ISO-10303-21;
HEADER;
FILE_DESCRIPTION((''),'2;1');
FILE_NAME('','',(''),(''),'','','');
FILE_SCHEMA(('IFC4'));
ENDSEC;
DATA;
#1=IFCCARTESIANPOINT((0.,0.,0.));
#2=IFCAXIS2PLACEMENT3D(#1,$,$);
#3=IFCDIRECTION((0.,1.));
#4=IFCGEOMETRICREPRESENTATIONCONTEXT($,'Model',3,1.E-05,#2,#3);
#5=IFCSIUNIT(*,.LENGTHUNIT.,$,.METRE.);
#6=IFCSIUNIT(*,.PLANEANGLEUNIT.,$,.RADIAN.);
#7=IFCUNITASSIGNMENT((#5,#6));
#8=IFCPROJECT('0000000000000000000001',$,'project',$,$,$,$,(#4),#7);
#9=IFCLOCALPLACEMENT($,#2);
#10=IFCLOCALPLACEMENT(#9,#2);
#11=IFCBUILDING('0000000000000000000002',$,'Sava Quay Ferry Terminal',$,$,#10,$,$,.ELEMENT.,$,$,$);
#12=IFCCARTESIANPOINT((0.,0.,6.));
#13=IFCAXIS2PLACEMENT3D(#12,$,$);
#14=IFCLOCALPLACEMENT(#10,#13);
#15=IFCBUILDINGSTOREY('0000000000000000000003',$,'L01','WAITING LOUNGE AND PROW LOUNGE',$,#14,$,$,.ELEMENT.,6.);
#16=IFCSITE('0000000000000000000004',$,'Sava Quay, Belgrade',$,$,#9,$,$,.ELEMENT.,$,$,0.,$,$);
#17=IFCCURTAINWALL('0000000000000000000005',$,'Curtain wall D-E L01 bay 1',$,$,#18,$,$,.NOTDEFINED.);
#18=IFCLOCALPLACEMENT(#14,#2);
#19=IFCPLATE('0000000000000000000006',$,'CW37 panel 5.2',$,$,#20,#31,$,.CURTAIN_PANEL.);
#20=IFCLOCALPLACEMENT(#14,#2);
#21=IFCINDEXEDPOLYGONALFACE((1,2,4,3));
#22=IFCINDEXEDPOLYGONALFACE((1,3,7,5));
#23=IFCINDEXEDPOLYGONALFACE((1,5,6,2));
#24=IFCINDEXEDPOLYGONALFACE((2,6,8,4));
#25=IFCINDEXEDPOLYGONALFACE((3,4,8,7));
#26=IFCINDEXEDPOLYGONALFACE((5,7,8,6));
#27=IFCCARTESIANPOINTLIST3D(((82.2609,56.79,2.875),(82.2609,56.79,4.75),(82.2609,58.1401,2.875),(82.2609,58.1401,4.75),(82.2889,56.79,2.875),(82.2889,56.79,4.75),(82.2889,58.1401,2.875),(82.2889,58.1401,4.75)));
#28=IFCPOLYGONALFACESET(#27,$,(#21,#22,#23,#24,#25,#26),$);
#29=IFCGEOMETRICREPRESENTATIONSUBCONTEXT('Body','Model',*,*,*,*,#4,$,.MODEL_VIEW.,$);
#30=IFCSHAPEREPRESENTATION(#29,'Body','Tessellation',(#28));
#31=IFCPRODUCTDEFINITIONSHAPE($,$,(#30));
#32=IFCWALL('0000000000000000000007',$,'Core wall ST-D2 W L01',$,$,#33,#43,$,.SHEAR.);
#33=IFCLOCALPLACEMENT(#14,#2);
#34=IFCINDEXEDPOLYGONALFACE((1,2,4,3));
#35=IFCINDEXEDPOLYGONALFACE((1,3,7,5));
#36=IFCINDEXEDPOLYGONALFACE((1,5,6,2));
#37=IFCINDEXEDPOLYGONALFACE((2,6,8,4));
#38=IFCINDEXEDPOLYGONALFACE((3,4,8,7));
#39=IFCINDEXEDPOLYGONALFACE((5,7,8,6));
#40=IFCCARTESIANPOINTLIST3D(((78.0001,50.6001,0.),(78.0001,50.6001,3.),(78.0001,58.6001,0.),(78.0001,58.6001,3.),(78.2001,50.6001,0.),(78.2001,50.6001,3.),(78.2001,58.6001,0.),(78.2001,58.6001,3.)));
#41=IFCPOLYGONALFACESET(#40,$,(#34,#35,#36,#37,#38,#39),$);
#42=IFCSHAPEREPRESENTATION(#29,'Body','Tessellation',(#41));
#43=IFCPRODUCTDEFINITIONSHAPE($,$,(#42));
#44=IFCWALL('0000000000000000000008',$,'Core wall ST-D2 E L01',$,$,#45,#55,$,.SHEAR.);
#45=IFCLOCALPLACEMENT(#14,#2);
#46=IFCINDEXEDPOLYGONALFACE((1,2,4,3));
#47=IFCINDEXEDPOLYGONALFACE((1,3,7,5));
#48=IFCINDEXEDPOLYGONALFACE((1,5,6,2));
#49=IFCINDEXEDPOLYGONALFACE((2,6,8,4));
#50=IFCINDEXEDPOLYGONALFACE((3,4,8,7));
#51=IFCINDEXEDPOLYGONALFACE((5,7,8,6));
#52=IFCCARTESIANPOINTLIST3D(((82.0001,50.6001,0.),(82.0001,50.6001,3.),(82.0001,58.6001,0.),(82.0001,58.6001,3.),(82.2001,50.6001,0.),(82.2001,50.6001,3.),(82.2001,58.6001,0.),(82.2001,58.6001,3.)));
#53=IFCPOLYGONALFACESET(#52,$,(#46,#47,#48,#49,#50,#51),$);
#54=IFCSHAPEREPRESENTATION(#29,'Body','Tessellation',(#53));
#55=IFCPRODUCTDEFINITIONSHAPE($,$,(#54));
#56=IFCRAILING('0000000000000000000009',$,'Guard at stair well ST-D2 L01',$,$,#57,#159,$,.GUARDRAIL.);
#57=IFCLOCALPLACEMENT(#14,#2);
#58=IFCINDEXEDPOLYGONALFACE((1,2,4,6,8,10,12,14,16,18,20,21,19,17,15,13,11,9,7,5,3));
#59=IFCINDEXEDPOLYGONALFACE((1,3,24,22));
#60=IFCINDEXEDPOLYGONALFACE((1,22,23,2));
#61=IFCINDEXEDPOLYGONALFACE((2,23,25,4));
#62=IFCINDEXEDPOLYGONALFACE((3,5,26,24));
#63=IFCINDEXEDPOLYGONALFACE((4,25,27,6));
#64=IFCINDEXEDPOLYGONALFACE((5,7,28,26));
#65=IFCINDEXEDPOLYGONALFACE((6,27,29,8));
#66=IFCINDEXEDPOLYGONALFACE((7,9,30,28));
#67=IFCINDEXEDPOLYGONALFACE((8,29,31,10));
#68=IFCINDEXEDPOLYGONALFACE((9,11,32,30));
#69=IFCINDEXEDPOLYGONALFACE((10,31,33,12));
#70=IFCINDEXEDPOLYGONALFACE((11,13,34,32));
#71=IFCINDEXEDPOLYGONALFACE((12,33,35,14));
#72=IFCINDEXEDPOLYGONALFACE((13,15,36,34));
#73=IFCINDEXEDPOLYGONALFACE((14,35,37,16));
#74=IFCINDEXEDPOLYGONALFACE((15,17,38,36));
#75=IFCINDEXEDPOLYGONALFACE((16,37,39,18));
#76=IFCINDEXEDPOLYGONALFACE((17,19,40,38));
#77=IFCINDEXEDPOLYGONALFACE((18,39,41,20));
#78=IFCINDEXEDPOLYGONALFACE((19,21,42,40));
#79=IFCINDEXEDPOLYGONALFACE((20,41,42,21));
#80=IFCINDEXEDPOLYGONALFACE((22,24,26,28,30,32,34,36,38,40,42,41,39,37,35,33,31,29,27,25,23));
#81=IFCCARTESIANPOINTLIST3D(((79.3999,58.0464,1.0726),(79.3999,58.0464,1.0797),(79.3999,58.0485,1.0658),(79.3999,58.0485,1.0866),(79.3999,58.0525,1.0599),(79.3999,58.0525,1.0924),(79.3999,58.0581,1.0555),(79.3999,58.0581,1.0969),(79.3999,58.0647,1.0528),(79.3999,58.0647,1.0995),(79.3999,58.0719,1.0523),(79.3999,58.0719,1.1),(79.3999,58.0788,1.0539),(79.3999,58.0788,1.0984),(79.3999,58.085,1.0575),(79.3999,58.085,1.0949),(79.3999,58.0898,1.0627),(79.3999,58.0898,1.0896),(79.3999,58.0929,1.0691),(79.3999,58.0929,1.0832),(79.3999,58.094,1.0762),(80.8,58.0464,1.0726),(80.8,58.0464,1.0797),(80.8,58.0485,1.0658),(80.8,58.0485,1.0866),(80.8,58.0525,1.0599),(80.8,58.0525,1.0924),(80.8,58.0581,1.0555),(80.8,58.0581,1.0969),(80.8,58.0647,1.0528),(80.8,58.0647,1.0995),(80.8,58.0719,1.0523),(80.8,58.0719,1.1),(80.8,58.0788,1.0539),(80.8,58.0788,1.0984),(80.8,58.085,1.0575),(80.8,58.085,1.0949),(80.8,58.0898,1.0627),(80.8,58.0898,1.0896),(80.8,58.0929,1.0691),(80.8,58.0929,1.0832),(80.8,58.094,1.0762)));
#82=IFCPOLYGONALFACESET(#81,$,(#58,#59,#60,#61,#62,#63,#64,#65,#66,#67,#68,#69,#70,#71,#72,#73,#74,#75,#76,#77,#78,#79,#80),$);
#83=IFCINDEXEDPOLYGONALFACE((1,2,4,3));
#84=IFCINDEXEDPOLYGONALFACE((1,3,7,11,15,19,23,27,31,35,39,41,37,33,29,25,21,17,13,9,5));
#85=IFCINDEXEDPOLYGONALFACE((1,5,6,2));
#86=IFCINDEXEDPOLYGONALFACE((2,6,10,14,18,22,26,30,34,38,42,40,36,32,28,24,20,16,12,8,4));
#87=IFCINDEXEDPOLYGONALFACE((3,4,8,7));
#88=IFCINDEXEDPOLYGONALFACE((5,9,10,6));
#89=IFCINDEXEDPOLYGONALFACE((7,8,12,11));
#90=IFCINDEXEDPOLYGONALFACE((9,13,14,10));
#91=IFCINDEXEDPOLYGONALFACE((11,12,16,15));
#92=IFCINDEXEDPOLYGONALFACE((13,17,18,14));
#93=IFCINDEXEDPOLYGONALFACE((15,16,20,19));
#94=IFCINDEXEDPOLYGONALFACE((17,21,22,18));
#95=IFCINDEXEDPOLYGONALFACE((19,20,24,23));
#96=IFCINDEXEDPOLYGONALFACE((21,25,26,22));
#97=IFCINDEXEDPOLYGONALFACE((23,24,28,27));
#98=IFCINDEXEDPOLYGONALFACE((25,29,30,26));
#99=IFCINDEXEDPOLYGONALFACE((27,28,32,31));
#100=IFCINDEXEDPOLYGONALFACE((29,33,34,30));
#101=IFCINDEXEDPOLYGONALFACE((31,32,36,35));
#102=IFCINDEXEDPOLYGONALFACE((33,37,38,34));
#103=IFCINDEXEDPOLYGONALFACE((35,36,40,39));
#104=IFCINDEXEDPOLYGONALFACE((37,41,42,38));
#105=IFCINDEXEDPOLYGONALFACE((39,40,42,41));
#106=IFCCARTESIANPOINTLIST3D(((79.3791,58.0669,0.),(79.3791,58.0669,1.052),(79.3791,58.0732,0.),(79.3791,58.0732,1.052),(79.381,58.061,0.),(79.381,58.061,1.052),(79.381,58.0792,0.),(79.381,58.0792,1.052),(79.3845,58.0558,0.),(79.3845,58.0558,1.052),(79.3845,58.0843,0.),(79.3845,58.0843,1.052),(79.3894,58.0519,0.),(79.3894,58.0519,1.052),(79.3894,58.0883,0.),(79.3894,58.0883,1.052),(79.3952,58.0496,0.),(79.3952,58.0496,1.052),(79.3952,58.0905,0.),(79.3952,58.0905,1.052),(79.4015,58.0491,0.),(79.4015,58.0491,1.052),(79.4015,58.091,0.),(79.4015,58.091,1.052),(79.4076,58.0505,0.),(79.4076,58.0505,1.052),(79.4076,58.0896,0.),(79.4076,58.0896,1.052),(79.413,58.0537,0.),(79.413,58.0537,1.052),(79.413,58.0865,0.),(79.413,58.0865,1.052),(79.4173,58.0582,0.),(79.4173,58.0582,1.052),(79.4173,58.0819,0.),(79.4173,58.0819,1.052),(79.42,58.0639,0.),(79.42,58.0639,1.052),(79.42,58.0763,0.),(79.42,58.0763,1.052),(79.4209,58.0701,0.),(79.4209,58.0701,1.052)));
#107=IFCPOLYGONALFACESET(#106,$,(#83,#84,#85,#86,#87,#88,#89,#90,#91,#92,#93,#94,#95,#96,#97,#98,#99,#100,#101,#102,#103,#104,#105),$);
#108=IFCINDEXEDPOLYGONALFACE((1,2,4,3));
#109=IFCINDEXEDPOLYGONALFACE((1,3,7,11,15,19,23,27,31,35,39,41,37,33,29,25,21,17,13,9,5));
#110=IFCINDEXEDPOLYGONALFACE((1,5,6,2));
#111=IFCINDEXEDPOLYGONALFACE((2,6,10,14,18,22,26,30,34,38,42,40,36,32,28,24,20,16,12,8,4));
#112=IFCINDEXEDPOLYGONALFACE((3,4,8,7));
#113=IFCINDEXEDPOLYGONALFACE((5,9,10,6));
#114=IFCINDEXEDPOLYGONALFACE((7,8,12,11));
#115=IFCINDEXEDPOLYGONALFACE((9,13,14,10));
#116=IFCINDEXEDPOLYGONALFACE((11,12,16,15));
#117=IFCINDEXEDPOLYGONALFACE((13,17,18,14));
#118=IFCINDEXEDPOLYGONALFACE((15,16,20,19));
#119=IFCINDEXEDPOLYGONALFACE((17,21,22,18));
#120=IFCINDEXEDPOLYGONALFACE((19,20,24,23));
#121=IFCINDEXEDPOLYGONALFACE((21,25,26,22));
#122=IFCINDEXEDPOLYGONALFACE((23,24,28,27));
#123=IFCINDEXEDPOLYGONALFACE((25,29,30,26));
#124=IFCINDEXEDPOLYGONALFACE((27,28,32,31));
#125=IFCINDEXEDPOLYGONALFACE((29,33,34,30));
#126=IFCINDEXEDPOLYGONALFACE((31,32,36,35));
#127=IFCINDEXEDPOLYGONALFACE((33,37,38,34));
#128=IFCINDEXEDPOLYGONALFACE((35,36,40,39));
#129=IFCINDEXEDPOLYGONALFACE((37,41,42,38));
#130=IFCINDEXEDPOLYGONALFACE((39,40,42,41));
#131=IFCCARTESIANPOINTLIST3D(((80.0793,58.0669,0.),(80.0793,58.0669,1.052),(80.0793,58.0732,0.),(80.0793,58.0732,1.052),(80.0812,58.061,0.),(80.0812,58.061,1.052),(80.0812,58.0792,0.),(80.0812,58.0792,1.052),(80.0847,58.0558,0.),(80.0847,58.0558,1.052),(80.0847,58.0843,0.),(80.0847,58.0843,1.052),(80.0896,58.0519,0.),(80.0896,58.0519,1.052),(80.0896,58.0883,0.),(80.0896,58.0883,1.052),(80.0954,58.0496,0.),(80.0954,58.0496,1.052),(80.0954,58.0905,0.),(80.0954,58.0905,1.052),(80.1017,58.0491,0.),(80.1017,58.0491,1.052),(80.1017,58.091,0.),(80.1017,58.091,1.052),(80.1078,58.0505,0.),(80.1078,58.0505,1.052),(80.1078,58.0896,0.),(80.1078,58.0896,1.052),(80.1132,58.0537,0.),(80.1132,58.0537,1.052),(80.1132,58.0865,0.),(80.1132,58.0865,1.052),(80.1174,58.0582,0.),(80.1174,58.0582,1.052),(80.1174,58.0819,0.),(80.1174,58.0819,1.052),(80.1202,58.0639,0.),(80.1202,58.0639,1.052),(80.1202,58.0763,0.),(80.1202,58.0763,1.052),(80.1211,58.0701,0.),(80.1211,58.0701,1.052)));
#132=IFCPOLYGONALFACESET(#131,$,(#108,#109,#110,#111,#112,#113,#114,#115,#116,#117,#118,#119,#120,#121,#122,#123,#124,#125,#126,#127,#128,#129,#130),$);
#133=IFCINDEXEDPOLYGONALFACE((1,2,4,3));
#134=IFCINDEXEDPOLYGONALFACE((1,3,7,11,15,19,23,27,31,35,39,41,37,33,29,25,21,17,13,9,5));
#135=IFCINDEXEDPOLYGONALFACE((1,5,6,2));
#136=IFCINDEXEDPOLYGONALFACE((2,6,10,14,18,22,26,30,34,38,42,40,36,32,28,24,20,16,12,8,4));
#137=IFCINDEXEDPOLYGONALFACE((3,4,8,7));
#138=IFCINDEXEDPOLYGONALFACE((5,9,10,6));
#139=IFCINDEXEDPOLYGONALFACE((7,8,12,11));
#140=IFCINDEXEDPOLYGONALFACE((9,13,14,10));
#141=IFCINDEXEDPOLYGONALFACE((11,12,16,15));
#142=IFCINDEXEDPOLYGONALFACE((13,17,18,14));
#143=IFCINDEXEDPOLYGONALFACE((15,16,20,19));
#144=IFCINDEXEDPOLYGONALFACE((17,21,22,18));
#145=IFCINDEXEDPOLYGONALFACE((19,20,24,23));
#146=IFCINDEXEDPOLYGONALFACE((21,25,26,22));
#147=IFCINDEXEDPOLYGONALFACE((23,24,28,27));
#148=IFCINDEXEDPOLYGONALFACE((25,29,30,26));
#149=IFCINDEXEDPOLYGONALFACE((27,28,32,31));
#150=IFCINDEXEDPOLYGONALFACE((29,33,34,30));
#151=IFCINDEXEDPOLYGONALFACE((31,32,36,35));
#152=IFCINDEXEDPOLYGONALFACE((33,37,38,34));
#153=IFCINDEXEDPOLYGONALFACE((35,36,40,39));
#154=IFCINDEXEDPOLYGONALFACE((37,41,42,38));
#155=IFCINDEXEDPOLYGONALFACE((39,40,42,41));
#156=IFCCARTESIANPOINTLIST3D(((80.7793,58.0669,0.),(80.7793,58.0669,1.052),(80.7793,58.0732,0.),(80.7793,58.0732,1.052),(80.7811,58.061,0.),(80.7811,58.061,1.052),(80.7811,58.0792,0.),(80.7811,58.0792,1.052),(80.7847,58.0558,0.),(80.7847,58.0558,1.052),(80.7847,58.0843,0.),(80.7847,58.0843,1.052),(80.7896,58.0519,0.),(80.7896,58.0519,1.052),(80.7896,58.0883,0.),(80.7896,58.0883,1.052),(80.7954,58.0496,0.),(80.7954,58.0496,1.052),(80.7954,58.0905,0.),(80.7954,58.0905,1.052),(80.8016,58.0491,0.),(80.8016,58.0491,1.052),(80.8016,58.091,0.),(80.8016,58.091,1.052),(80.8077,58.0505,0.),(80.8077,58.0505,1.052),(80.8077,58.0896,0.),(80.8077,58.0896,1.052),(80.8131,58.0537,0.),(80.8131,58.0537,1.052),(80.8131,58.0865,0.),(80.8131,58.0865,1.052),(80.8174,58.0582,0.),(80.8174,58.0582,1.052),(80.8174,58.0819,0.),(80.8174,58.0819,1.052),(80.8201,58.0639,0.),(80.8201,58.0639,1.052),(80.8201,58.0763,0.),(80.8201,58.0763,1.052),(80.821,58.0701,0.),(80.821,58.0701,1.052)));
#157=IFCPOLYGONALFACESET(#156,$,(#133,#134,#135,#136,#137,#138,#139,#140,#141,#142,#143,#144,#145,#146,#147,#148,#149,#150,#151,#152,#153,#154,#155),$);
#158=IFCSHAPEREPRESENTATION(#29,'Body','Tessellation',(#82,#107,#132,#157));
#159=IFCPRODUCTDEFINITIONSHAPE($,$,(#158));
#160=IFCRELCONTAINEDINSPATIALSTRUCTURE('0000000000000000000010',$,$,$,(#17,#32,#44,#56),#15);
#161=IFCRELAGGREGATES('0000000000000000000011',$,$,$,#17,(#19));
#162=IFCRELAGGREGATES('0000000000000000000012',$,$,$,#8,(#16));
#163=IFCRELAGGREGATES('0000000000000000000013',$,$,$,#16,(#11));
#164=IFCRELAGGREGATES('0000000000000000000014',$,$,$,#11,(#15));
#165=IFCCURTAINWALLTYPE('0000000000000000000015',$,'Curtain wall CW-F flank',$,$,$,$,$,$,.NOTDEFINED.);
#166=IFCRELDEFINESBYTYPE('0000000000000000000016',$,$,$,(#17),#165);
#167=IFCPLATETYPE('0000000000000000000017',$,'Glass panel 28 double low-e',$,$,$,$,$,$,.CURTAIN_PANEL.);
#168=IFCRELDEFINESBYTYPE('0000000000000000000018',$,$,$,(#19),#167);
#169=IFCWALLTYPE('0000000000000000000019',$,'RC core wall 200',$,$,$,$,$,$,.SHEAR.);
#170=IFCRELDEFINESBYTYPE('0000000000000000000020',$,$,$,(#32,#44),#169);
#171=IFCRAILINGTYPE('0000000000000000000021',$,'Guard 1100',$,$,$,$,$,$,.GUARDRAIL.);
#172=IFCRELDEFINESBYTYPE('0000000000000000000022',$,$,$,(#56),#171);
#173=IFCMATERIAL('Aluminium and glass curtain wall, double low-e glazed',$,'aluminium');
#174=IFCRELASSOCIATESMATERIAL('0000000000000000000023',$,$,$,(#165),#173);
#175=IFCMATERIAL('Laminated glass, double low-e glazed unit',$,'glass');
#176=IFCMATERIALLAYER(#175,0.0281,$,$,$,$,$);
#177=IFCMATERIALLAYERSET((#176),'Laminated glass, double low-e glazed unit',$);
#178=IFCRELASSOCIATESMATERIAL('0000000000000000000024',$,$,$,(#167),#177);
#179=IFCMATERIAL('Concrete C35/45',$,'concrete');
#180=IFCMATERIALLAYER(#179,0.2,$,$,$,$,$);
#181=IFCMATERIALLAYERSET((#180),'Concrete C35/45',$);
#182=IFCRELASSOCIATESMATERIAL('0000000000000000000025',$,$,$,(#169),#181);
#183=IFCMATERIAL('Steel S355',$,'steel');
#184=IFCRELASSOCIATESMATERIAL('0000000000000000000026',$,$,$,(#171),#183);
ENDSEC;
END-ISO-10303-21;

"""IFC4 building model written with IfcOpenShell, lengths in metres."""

from ifc_helpers import new_model, si_unit, direction, frame, frame_2d, origin, origin_2d, place, context, subcontext, project, spatial, rectangle, circle, extrude, material, layer, layer_set, type_object, element, aggregate, save


model = new_model("IFC4")

# Units and contexts
model_context = context("Model", 3, precision=1e-05, world=origin(), true_north=direction((0.0, 1.0)))
body_context = subcontext(model_context, "Body", "Model", "MODEL_VIEW")
ifc_project = project(units=[si_unit("LENGTHUNIT", "METRE"), si_unit("PLANEANGLEUNIT", "RADIAN")], contexts=[model_context])

# Site, building, storey
site_placement = place(None, origin())
site = spatial("IfcSite", under=ifc_project, at=site_placement, Name="Sava Quay, Belgrade", CompositionType="ELEMENT", RefElevation=0.0)
building_placement = place(site_placement, origin())
building = spatial("IfcBuilding", under=site, at=building_placement, Name="Sava Quay Ferry Terminal", CompositionType="ELEMENT")
storey_placement = place(building_placement, frame((0.0, 0.0, 6.0)))
storey = spatial("IfcBuildingStorey", under=building, at=storey_placement, Name="L01", Description="WAITING LOUNGE AND PROW LOUNGE", CompositionType="ELEMENT", Elevation=6.0)

# Curtain wall, plate
ifc_material_1 = material(Name="Aluminium and glass curtain wall, double low-e glazed", Category="aluminium")
curtain_wall_type = type_object("IfcCurtainWallType", Name="Curtain wall CW-F flank", PredefinedType="NOTDEFINED", material=ifc_material_1)
curtain_wall_placement = place(storey_placement, origin())
curtain_wall = element("IfcCurtainWall", 1, at=curtain_wall_placement, inside=storey, type_object=curtain_wall_type, Name="Curtain wall D-E L01 bay 1", PredefinedType="NOTDEFINED")
ifc_material_2 = material(Name="Laminated glass, double low-e glazed unit", Category="glass")
ifc_layer_1 = layer(ifc_material_2, 0.0281)
ifc_layer_set_1 = layer_set([ifc_layer_1], Name="Laminated glass, double low-e glazed unit")
plate_type = type_object("IfcPlateType", Name="Glass panel 28 double low-e", PredefinedType="CURTAIN_PANEL", material=ifc_layer_set_1)
plate_1_placement = place(storey_placement, frame((82.2749, 57.4651, 2.875), z_axis=(0.0, 0.0, 1.0), x_axis=(0.0, 1.0, 0.0)))
plate_1 = element("IfcPlate", 2, at=plate_1_placement, type_object=plate_type, Name="CW37 panel 5.2", PredefinedType="CURTAIN_PANEL", context=body_context, shape_type="SweptSolid", body=[
    extrude(rectangle(XDim=1.3501, YDim=0.0281, at=origin_2d()), origin(), (0.0, 0.0, 1.0), 1.875),
])
aggregate(curtain_wall, [plate_1])

# Walls
ifc_material_3 = material(Name="Concrete C35/45", Category="concrete")
ifc_layer_2 = layer(ifc_material_3, 0.2)
ifc_layer_set_2 = layer_set([ifc_layer_2], Name="Concrete C35/45")
wall_type = type_object("IfcWallType", Name="RC core wall 200", PredefinedType="SHEAR", material=ifc_layer_set_2)
for number, where, z_axis, x_axis, name in (
    (3, (78.1001, 50.6001, 0.0), (0.0, 0.0, 1.0), (0.0, 1.0, 0.0), "Core wall ST-D2 W L01"),
    (4, (82.1001, 50.6001, 0.0), (0.0, 0.0, 1.0), (0.0, 1.0, 0.0), "Core wall ST-D2 E L01"),
):
    element("IfcWall", number, at=place(storey_placement, frame(where, z_axis=z_axis, x_axis=x_axis)), inside=storey, type_object=wall_type, Name=name, PredefinedType="SHEAR", context=body_context, shape_type="SweptSolid", body=[
        extrude(rectangle(XDim=8.0, YDim=0.2, at=frame_2d((4.0, 0.0))), origin(), (0.0, 0.0, 1.0), 3.0),
    ])

# Railing
ifc_material_4 = material(Name="Steel S355", Category="steel")
railing_type = type_object("IfcRailingType", Name="Guard 1100", PredefinedType="GUARDRAIL", material=ifc_material_4)
railing_1_placement = place(storey_placement, frame((79.3999, 58.0701, 0.0)))
element("IfcRailing", 5, at=railing_1_placement, inside=storey, type_object=railing_type, Name="Guard at stair well ST-D2 L01", PredefinedType="GUARDRAIL", context=body_context, shape_type="SweptSolid", body=[
    extrude(circle(Radius=0.0239, at=origin_2d()), frame((0.0, 0.0, 1.0762), z_axis=(1.0, 0.0, 0.0), x_axis=(0.0, 1.0, 0.0)), (0.0, 0.0, 1.0), 1.4001),
    extrude(circle(Radius=0.021, at=origin_2d()), origin(), (0.0, 0.0, 1.0), 1.052),
    extrude(circle(Radius=0.021, at=origin_2d()), frame((0.7002, 0.0, 0.0)), (0.0, 0.0, 1.0), 1.052),
    extrude(circle(Radius=0.021, at=origin_2d()), frame((1.4001, 0.0, 0.0)), (0.0, 0.0, 1.0), 1.052),
])

save(model, "model.ifc")
